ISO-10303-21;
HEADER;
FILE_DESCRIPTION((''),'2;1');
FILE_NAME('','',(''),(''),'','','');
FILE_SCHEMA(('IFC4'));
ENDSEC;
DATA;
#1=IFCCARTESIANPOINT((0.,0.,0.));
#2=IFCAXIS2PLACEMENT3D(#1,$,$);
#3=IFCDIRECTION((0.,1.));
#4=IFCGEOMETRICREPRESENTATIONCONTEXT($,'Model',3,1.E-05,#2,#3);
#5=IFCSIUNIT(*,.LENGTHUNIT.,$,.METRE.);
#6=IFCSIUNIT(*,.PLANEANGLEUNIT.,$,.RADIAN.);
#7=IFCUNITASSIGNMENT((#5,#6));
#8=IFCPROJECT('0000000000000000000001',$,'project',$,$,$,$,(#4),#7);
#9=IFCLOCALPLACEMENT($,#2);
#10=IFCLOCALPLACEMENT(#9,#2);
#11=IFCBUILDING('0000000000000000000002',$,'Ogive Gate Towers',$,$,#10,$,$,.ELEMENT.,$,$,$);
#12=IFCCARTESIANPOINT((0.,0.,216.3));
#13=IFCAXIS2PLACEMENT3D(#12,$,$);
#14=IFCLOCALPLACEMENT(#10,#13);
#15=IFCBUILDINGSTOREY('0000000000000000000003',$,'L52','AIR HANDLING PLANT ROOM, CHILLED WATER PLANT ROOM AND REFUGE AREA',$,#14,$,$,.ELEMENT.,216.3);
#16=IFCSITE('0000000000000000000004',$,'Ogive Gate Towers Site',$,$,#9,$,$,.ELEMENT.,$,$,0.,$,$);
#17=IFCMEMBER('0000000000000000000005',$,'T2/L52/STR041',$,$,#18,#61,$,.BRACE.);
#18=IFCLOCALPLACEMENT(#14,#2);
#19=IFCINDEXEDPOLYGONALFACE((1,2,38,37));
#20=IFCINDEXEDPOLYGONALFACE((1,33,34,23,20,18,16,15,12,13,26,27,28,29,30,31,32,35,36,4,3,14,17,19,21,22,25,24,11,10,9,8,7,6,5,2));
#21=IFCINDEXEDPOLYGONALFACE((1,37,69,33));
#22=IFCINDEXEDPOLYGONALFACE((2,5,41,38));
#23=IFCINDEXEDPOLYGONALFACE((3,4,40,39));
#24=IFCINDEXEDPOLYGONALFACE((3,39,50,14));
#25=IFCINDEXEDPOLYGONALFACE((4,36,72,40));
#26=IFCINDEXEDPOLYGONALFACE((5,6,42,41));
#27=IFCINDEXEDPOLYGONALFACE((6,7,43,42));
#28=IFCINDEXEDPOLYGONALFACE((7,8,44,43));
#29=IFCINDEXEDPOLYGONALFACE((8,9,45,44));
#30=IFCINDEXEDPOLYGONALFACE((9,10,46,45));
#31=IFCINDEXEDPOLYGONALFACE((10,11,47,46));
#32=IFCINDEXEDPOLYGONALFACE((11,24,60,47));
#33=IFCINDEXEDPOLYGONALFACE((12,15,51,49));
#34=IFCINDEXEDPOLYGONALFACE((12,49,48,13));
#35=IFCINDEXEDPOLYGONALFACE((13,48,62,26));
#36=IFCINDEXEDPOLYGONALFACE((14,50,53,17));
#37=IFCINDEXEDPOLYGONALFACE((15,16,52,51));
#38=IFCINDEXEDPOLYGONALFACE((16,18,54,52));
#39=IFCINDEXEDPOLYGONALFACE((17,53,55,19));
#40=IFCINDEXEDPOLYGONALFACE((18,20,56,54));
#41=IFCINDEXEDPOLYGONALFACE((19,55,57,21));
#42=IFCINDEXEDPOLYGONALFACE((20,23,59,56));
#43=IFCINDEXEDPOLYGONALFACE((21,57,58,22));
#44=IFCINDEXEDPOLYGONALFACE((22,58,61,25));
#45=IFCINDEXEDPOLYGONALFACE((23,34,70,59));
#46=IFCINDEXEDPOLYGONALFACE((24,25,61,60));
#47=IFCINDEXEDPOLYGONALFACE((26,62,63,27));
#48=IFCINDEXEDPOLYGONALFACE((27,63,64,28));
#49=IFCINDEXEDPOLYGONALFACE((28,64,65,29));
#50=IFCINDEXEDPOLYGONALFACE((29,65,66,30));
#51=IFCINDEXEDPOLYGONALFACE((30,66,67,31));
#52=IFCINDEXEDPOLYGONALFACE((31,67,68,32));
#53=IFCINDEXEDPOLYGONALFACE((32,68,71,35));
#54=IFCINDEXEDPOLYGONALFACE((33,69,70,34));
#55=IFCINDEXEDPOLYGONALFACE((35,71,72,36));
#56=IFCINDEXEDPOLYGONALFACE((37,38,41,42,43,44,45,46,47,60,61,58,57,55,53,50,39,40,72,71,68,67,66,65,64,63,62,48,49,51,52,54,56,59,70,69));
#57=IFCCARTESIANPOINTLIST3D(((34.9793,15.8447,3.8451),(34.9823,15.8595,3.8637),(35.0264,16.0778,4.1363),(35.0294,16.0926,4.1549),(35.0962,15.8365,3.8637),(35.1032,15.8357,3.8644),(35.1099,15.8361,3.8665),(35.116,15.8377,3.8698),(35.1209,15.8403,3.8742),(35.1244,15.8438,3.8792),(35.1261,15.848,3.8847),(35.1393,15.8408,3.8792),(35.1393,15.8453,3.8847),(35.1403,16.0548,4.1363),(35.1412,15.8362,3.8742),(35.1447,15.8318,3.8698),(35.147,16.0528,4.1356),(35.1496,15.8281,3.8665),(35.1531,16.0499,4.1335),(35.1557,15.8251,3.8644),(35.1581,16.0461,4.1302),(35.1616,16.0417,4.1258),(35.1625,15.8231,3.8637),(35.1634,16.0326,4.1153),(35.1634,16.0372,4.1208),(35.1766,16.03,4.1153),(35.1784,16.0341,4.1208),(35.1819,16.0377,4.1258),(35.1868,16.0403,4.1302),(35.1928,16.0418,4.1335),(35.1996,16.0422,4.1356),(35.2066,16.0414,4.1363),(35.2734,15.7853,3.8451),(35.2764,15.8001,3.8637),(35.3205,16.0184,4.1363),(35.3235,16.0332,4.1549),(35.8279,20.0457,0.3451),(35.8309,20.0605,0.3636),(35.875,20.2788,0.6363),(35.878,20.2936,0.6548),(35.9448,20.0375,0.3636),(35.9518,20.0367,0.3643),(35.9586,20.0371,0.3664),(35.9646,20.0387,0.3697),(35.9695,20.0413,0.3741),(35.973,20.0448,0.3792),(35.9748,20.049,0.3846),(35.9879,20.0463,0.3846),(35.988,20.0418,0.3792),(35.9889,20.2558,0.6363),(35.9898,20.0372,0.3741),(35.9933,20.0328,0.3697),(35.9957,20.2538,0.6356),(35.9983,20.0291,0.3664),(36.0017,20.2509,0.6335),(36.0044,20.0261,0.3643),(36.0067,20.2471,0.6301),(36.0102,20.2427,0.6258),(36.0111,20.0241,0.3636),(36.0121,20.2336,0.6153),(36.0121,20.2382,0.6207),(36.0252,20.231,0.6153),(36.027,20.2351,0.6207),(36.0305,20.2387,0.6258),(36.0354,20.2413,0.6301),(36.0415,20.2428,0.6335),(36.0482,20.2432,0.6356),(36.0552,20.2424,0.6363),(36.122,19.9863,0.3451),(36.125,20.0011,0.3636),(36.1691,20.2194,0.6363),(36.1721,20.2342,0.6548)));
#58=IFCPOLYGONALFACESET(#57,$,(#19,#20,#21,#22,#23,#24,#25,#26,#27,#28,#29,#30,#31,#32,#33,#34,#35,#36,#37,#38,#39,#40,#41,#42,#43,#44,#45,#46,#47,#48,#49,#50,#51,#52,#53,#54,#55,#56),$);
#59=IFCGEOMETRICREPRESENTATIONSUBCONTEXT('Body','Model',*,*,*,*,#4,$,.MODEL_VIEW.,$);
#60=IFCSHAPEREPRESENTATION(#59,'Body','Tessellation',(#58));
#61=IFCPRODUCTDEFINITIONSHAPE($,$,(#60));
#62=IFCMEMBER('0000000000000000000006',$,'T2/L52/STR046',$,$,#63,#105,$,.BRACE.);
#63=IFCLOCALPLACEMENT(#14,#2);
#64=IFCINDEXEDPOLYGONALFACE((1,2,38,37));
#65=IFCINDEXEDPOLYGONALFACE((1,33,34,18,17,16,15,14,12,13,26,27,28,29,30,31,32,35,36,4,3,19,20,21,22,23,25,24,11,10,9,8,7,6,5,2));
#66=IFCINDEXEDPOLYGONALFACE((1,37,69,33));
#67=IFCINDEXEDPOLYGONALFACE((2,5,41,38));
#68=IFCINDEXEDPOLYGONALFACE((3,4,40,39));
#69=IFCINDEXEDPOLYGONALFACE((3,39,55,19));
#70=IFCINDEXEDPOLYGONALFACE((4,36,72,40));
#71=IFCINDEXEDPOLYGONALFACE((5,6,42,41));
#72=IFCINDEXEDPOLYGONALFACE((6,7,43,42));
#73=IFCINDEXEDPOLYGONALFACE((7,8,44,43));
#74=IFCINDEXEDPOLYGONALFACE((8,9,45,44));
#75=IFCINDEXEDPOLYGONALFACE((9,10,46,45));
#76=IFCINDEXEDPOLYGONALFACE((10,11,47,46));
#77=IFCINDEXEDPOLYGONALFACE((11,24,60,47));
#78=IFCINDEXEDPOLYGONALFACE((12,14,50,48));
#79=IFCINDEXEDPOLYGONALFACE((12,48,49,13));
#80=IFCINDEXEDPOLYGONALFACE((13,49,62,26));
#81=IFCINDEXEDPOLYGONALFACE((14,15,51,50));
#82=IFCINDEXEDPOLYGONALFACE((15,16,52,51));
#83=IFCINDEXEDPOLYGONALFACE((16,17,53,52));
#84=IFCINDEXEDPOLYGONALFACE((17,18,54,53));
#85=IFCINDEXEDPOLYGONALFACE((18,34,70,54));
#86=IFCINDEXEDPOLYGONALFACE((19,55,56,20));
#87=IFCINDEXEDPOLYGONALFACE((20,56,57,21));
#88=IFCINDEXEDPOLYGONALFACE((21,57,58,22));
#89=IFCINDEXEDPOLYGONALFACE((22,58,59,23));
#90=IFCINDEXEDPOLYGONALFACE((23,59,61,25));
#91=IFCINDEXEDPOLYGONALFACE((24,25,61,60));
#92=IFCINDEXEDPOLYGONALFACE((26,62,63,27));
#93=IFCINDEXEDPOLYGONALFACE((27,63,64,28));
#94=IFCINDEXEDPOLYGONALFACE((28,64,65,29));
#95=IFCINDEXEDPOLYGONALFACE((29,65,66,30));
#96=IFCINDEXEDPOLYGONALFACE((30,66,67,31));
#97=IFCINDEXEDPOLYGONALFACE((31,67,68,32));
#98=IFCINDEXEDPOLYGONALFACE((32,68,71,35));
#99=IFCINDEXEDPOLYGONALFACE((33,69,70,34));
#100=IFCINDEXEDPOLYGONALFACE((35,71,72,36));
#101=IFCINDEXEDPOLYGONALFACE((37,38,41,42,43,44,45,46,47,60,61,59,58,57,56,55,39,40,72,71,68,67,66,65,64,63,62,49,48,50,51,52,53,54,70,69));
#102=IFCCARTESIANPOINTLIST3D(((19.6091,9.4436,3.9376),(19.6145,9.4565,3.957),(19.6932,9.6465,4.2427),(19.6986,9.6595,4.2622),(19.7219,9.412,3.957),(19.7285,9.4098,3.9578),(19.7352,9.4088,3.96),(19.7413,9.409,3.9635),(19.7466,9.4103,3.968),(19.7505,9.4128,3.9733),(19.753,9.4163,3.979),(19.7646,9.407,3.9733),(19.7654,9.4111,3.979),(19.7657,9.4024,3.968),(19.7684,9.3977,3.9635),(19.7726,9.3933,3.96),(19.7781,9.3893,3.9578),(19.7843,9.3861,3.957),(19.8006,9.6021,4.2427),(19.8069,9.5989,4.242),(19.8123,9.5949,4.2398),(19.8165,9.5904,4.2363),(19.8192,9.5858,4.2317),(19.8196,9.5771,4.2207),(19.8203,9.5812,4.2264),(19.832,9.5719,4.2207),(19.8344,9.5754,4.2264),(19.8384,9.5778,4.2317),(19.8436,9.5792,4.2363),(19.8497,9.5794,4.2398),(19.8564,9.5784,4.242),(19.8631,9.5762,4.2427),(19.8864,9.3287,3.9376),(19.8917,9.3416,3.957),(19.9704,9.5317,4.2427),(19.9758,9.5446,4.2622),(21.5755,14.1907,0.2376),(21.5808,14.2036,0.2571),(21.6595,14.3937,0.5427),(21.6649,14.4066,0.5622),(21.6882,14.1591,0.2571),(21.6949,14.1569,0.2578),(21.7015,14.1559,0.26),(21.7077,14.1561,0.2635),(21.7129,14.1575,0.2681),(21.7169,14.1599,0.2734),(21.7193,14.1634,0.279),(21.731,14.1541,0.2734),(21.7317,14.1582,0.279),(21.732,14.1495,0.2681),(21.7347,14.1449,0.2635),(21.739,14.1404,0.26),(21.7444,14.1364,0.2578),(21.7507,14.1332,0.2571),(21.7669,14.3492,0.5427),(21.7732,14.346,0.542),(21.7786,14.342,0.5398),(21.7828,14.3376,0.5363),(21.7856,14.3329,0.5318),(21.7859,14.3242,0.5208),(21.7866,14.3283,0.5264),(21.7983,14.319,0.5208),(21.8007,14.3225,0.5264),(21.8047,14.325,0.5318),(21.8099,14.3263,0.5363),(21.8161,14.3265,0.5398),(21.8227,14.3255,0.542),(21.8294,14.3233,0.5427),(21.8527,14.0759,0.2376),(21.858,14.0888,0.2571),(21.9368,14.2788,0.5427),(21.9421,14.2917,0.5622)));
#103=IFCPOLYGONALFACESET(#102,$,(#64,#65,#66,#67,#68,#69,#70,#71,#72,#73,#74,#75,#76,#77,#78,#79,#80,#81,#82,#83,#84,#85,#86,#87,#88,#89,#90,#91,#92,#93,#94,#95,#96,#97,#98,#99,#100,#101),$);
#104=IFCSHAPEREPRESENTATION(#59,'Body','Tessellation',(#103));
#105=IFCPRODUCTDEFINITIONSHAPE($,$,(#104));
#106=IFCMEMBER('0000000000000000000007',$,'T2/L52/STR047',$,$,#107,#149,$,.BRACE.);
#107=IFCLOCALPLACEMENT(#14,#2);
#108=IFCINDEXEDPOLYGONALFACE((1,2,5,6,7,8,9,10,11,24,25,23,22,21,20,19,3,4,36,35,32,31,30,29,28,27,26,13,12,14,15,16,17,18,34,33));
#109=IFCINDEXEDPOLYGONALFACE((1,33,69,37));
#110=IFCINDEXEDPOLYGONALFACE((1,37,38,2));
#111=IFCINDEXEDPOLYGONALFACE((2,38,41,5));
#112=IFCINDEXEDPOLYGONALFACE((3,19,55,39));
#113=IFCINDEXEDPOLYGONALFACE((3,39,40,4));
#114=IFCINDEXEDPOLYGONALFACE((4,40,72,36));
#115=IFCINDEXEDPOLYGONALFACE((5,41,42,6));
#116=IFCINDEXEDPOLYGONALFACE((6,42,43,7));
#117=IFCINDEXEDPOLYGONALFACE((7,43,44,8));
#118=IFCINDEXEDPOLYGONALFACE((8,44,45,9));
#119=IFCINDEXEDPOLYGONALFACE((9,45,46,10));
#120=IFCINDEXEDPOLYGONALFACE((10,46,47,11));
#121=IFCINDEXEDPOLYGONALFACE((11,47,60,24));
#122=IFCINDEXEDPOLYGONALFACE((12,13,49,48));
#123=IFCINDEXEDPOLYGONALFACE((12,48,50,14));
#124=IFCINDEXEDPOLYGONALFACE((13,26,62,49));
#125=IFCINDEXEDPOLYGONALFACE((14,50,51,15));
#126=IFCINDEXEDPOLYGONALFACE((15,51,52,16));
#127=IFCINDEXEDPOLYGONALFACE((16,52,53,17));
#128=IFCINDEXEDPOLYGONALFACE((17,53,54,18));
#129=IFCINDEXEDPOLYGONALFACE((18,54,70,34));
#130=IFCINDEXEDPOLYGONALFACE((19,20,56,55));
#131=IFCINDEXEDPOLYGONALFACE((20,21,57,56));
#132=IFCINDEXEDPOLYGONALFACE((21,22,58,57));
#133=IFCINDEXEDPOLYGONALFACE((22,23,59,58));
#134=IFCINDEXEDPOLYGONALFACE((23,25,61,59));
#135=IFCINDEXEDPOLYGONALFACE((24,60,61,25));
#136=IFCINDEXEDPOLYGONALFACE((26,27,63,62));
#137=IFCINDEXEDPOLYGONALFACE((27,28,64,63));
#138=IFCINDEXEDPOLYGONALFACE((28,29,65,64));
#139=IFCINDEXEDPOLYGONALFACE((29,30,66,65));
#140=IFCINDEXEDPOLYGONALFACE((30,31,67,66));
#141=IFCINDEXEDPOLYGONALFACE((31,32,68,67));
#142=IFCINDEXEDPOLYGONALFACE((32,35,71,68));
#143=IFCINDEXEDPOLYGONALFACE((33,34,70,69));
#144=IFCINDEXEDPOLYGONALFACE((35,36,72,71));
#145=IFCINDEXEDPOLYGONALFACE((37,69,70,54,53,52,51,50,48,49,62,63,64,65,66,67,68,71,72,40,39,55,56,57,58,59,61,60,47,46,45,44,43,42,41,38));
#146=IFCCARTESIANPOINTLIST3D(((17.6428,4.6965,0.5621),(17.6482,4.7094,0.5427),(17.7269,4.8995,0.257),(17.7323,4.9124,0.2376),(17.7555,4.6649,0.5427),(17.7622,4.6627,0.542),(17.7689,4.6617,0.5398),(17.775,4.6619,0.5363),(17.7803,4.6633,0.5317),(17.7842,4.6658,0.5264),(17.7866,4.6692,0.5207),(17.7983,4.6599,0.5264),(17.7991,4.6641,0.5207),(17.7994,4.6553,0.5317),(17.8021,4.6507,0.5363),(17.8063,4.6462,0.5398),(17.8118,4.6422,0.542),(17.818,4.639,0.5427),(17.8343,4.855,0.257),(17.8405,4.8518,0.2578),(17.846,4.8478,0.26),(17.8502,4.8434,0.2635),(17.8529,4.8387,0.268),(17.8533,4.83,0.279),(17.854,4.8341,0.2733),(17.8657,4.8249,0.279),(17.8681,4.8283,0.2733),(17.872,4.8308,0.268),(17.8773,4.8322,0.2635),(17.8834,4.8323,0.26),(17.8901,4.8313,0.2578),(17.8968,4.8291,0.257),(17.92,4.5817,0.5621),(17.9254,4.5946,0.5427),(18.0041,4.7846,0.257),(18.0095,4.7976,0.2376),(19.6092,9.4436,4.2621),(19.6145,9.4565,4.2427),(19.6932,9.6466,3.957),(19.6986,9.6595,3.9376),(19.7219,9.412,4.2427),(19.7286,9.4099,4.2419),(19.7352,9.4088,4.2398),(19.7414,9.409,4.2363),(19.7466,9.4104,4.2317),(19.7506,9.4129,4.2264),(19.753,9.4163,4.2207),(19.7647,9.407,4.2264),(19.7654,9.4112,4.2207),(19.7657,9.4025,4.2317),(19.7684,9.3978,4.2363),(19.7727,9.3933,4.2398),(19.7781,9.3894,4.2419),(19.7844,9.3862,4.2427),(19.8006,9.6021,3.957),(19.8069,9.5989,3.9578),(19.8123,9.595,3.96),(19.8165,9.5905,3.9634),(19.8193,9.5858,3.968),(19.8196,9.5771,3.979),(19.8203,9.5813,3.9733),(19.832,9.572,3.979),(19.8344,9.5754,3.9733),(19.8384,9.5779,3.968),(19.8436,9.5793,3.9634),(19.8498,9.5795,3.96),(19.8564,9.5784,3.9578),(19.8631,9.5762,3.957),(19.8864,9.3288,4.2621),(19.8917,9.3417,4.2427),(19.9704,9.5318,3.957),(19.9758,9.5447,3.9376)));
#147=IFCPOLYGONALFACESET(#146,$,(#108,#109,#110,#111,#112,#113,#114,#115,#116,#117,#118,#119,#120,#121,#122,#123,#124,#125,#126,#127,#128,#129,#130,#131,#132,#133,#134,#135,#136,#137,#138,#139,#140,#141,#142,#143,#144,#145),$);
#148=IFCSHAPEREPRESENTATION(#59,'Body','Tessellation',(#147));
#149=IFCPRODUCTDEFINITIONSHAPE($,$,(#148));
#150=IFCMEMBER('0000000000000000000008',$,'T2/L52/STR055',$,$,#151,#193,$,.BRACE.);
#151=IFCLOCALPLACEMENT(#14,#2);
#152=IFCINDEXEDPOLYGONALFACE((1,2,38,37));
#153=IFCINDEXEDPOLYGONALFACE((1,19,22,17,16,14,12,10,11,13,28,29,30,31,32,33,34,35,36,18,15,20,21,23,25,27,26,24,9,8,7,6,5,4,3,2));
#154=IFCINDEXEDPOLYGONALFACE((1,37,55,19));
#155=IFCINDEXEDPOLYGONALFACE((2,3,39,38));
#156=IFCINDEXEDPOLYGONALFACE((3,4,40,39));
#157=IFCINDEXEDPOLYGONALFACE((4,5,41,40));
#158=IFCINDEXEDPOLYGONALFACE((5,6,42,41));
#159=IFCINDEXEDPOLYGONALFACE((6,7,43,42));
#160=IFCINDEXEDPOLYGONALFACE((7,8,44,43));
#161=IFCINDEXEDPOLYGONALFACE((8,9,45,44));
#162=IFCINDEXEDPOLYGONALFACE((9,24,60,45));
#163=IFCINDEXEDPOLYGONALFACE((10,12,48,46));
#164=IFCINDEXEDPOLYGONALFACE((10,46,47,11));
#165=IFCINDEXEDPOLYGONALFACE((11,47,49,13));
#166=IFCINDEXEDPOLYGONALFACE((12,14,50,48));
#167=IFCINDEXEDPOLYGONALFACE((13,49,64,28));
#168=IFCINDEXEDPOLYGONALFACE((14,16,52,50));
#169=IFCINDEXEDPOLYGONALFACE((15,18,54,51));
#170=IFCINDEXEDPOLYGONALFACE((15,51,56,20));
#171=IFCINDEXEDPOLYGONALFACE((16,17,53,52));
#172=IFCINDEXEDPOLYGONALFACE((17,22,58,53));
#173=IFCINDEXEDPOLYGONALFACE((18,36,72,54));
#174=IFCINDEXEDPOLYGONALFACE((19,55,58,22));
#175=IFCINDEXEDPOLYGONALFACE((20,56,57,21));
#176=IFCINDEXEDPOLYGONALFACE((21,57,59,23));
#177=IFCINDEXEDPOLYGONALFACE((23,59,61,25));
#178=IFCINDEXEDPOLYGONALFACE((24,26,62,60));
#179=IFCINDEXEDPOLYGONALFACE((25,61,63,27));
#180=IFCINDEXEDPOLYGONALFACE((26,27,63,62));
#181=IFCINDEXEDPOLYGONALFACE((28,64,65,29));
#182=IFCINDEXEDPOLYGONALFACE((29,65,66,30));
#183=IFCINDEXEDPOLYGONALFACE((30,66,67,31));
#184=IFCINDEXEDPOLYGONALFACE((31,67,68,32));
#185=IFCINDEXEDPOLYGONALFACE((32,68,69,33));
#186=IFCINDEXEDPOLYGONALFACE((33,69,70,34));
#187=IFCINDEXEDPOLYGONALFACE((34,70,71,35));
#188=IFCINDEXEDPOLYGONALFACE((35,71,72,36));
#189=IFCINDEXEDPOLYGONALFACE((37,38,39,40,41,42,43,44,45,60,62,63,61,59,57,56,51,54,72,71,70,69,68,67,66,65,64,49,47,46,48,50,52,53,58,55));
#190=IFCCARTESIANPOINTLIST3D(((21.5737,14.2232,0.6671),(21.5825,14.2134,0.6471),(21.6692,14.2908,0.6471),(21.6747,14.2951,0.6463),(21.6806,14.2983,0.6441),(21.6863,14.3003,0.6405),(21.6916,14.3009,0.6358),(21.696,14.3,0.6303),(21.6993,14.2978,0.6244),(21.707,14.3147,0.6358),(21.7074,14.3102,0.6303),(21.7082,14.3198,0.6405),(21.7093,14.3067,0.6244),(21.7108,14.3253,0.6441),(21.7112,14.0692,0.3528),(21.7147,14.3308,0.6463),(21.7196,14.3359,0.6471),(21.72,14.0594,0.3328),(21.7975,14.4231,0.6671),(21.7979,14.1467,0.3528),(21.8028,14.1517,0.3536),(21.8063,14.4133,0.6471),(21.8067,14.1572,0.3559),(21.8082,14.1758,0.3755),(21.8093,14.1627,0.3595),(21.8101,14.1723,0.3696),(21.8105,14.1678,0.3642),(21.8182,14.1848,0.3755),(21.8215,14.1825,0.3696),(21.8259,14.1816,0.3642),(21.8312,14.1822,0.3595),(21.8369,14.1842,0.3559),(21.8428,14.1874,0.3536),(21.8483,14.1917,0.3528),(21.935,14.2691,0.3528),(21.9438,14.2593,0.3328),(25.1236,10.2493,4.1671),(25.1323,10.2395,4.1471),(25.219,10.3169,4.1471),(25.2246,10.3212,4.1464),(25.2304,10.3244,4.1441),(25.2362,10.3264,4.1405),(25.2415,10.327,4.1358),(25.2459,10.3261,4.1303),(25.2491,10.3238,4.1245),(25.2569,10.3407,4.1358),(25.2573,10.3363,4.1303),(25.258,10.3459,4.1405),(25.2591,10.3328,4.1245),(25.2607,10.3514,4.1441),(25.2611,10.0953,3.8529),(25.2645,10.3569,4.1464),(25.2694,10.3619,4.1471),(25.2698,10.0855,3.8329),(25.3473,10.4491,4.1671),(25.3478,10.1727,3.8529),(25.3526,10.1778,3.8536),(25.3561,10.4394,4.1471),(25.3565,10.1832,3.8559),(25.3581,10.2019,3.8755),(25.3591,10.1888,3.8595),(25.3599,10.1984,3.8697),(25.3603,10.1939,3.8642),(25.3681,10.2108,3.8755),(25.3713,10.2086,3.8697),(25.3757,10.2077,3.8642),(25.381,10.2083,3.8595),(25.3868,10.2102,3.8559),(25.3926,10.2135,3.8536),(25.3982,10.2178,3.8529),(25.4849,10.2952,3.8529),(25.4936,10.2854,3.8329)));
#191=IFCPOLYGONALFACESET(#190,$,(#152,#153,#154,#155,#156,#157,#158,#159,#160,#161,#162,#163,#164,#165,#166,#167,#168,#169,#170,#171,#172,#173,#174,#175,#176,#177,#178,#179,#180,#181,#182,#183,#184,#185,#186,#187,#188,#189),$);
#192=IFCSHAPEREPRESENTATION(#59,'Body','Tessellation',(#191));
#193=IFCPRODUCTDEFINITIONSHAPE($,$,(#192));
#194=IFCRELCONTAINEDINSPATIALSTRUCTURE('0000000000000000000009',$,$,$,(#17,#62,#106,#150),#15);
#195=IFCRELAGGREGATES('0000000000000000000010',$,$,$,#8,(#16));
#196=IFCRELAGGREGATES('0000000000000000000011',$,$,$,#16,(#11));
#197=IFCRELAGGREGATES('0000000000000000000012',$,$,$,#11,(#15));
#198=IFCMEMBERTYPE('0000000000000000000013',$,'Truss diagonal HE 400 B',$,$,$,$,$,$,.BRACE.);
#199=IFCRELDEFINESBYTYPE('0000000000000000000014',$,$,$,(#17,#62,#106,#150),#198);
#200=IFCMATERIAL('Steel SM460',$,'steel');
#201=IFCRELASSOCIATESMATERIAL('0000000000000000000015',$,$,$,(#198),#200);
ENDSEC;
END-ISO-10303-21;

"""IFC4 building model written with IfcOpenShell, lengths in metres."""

from ifc_helpers import new_model, si_unit, direction, frame, origin, origin_2d, place, context, subcontext, project, spatial, i_section, extrude, material, material_profile, profile_set, type_object, element, save


model = new_model("IFC4")

# Units and contexts
model_context = context("Model", 3, precision=1e-05, world=origin(), true_north=direction((0.0, 1.0)))
body_context = subcontext(model_context, "Body", "Model", "MODEL_VIEW")
ifc_project = project(units=[si_unit("LENGTHUNIT", "METRE"), si_unit("PLANEANGLEUNIT", "RADIAN")], contexts=[model_context])

# Site, building, storey
site_placement = place(None, origin())
site = spatial("IfcSite", under=ifc_project, at=site_placement, Name="Ogive Gate Towers Site", CompositionType="ELEMENT", RefElevation=0.0)
building_placement = place(site_placement, origin())
building = spatial("IfcBuilding", under=site, at=building_placement, Name="Ogive Gate Towers", CompositionType="ELEMENT")
storey_placement = place(building_placement, frame((0.0, 0.0, 216.3)))
storey = spatial("IfcBuildingStorey", under=building, at=storey_placement, Name="L52", Description="AIR HANDLING PLANT ROOM, CHILLED WATER PLANT ROOM AND REFUGE AREA", CompositionType="ELEMENT", Elevation=216.3)

# Shared definitions
ifc_material_1 = material(Name="Steel SM460", Category="steel")

# Members
ifc_material_profile_1 = material_profile(ifc_material_1, i_section(OverallWidth=0.3, OverallDepth=0.3999, WebThickness=0.0134, FlangeThickness=0.0239, FilletRadius=0.0271, at=origin_2d()), Name="HE 400 B")
ifc_profile_set_1 = profile_set([ifc_material_profile_1], Name="Steel SM460")
member_type_1 = type_object("IfcMemberType", Name="Truss diagonal HE 400 B", PredefinedType="BRACE", material=ifc_profile_set_1)
member_1_placement = place(storey_placement, frame((35.1514, 15.939, 4.0), z_axis=(0.153367, 0.759201, -0.632528), x_axis=(-0.9802, 0.198011, 0.0)))
element("IfcMember", 1, at=member_1_placement, inside=storey, type_object=member_type_1, Name="T2/L52/STR041", PredefinedType="BRACE", context=body_context, shape_type="SweptSolid", body=[
    extrude(i_section(OverallWidth=0.3, OverallDepth=0.3999, WebThickness=0.0134, FlangeThickness=0.0239, FilletRadius=0.0271, at=origin_2d()), origin(), (0.0, 0.0, 1.0), 5.5334),
])
for number, where, z_axis, x_axis, name in (
    (2, (21.7588, 14.2412, 0.3999), (-0.310549, -0.749728, 0.584352), (0.923879, -0.382685, 0.0), "T2/L52/STR046"),
    (3, (19.7925, 9.4941, 4.0999), (-0.310549, -0.749728, -0.584352), (0.923879, -0.382685, 0.0), "T2/L52/STR047"),
):
    element("IfcMember", number, at=place(storey_placement, frame(where, z_axis=z_axis, x_axis=x_axis)), inside=storey, type_object=member_type_1, Name=name, PredefinedType="BRACE", context=body_context, shape_type="SweptSolid", body=[
        extrude(i_section(OverallWidth=0.3, OverallDepth=0.3999, WebThickness=0.0134, FlangeThickness=0.0239, FilletRadius=0.0271, at=origin_2d()), origin(), (0.0, 0.0, 1.0), 6.3318),
    ])
member_2_placement = place(storey_placement, frame((25.3086, 10.2673, 4.0), z_axis=(-0.556817, 0.623336, -0.549005), x_axis=(-0.745779, -0.666193, 0.0)))
element("IfcMember", 4, at=member_2_placement, inside=storey, type_object=member_type_1, Name="T2/L52/STR055", PredefinedType="BRACE", context=body_context, shape_type="SweptSolid", body=[
    extrude(i_section(OverallWidth=0.3, OverallDepth=0.3999, WebThickness=0.0134, FlangeThickness=0.0239, FilletRadius=0.0271, at=origin_2d()), origin(), (0.0, 0.0, 1.0), 6.3752),
])

save(model, "model.ifc")
